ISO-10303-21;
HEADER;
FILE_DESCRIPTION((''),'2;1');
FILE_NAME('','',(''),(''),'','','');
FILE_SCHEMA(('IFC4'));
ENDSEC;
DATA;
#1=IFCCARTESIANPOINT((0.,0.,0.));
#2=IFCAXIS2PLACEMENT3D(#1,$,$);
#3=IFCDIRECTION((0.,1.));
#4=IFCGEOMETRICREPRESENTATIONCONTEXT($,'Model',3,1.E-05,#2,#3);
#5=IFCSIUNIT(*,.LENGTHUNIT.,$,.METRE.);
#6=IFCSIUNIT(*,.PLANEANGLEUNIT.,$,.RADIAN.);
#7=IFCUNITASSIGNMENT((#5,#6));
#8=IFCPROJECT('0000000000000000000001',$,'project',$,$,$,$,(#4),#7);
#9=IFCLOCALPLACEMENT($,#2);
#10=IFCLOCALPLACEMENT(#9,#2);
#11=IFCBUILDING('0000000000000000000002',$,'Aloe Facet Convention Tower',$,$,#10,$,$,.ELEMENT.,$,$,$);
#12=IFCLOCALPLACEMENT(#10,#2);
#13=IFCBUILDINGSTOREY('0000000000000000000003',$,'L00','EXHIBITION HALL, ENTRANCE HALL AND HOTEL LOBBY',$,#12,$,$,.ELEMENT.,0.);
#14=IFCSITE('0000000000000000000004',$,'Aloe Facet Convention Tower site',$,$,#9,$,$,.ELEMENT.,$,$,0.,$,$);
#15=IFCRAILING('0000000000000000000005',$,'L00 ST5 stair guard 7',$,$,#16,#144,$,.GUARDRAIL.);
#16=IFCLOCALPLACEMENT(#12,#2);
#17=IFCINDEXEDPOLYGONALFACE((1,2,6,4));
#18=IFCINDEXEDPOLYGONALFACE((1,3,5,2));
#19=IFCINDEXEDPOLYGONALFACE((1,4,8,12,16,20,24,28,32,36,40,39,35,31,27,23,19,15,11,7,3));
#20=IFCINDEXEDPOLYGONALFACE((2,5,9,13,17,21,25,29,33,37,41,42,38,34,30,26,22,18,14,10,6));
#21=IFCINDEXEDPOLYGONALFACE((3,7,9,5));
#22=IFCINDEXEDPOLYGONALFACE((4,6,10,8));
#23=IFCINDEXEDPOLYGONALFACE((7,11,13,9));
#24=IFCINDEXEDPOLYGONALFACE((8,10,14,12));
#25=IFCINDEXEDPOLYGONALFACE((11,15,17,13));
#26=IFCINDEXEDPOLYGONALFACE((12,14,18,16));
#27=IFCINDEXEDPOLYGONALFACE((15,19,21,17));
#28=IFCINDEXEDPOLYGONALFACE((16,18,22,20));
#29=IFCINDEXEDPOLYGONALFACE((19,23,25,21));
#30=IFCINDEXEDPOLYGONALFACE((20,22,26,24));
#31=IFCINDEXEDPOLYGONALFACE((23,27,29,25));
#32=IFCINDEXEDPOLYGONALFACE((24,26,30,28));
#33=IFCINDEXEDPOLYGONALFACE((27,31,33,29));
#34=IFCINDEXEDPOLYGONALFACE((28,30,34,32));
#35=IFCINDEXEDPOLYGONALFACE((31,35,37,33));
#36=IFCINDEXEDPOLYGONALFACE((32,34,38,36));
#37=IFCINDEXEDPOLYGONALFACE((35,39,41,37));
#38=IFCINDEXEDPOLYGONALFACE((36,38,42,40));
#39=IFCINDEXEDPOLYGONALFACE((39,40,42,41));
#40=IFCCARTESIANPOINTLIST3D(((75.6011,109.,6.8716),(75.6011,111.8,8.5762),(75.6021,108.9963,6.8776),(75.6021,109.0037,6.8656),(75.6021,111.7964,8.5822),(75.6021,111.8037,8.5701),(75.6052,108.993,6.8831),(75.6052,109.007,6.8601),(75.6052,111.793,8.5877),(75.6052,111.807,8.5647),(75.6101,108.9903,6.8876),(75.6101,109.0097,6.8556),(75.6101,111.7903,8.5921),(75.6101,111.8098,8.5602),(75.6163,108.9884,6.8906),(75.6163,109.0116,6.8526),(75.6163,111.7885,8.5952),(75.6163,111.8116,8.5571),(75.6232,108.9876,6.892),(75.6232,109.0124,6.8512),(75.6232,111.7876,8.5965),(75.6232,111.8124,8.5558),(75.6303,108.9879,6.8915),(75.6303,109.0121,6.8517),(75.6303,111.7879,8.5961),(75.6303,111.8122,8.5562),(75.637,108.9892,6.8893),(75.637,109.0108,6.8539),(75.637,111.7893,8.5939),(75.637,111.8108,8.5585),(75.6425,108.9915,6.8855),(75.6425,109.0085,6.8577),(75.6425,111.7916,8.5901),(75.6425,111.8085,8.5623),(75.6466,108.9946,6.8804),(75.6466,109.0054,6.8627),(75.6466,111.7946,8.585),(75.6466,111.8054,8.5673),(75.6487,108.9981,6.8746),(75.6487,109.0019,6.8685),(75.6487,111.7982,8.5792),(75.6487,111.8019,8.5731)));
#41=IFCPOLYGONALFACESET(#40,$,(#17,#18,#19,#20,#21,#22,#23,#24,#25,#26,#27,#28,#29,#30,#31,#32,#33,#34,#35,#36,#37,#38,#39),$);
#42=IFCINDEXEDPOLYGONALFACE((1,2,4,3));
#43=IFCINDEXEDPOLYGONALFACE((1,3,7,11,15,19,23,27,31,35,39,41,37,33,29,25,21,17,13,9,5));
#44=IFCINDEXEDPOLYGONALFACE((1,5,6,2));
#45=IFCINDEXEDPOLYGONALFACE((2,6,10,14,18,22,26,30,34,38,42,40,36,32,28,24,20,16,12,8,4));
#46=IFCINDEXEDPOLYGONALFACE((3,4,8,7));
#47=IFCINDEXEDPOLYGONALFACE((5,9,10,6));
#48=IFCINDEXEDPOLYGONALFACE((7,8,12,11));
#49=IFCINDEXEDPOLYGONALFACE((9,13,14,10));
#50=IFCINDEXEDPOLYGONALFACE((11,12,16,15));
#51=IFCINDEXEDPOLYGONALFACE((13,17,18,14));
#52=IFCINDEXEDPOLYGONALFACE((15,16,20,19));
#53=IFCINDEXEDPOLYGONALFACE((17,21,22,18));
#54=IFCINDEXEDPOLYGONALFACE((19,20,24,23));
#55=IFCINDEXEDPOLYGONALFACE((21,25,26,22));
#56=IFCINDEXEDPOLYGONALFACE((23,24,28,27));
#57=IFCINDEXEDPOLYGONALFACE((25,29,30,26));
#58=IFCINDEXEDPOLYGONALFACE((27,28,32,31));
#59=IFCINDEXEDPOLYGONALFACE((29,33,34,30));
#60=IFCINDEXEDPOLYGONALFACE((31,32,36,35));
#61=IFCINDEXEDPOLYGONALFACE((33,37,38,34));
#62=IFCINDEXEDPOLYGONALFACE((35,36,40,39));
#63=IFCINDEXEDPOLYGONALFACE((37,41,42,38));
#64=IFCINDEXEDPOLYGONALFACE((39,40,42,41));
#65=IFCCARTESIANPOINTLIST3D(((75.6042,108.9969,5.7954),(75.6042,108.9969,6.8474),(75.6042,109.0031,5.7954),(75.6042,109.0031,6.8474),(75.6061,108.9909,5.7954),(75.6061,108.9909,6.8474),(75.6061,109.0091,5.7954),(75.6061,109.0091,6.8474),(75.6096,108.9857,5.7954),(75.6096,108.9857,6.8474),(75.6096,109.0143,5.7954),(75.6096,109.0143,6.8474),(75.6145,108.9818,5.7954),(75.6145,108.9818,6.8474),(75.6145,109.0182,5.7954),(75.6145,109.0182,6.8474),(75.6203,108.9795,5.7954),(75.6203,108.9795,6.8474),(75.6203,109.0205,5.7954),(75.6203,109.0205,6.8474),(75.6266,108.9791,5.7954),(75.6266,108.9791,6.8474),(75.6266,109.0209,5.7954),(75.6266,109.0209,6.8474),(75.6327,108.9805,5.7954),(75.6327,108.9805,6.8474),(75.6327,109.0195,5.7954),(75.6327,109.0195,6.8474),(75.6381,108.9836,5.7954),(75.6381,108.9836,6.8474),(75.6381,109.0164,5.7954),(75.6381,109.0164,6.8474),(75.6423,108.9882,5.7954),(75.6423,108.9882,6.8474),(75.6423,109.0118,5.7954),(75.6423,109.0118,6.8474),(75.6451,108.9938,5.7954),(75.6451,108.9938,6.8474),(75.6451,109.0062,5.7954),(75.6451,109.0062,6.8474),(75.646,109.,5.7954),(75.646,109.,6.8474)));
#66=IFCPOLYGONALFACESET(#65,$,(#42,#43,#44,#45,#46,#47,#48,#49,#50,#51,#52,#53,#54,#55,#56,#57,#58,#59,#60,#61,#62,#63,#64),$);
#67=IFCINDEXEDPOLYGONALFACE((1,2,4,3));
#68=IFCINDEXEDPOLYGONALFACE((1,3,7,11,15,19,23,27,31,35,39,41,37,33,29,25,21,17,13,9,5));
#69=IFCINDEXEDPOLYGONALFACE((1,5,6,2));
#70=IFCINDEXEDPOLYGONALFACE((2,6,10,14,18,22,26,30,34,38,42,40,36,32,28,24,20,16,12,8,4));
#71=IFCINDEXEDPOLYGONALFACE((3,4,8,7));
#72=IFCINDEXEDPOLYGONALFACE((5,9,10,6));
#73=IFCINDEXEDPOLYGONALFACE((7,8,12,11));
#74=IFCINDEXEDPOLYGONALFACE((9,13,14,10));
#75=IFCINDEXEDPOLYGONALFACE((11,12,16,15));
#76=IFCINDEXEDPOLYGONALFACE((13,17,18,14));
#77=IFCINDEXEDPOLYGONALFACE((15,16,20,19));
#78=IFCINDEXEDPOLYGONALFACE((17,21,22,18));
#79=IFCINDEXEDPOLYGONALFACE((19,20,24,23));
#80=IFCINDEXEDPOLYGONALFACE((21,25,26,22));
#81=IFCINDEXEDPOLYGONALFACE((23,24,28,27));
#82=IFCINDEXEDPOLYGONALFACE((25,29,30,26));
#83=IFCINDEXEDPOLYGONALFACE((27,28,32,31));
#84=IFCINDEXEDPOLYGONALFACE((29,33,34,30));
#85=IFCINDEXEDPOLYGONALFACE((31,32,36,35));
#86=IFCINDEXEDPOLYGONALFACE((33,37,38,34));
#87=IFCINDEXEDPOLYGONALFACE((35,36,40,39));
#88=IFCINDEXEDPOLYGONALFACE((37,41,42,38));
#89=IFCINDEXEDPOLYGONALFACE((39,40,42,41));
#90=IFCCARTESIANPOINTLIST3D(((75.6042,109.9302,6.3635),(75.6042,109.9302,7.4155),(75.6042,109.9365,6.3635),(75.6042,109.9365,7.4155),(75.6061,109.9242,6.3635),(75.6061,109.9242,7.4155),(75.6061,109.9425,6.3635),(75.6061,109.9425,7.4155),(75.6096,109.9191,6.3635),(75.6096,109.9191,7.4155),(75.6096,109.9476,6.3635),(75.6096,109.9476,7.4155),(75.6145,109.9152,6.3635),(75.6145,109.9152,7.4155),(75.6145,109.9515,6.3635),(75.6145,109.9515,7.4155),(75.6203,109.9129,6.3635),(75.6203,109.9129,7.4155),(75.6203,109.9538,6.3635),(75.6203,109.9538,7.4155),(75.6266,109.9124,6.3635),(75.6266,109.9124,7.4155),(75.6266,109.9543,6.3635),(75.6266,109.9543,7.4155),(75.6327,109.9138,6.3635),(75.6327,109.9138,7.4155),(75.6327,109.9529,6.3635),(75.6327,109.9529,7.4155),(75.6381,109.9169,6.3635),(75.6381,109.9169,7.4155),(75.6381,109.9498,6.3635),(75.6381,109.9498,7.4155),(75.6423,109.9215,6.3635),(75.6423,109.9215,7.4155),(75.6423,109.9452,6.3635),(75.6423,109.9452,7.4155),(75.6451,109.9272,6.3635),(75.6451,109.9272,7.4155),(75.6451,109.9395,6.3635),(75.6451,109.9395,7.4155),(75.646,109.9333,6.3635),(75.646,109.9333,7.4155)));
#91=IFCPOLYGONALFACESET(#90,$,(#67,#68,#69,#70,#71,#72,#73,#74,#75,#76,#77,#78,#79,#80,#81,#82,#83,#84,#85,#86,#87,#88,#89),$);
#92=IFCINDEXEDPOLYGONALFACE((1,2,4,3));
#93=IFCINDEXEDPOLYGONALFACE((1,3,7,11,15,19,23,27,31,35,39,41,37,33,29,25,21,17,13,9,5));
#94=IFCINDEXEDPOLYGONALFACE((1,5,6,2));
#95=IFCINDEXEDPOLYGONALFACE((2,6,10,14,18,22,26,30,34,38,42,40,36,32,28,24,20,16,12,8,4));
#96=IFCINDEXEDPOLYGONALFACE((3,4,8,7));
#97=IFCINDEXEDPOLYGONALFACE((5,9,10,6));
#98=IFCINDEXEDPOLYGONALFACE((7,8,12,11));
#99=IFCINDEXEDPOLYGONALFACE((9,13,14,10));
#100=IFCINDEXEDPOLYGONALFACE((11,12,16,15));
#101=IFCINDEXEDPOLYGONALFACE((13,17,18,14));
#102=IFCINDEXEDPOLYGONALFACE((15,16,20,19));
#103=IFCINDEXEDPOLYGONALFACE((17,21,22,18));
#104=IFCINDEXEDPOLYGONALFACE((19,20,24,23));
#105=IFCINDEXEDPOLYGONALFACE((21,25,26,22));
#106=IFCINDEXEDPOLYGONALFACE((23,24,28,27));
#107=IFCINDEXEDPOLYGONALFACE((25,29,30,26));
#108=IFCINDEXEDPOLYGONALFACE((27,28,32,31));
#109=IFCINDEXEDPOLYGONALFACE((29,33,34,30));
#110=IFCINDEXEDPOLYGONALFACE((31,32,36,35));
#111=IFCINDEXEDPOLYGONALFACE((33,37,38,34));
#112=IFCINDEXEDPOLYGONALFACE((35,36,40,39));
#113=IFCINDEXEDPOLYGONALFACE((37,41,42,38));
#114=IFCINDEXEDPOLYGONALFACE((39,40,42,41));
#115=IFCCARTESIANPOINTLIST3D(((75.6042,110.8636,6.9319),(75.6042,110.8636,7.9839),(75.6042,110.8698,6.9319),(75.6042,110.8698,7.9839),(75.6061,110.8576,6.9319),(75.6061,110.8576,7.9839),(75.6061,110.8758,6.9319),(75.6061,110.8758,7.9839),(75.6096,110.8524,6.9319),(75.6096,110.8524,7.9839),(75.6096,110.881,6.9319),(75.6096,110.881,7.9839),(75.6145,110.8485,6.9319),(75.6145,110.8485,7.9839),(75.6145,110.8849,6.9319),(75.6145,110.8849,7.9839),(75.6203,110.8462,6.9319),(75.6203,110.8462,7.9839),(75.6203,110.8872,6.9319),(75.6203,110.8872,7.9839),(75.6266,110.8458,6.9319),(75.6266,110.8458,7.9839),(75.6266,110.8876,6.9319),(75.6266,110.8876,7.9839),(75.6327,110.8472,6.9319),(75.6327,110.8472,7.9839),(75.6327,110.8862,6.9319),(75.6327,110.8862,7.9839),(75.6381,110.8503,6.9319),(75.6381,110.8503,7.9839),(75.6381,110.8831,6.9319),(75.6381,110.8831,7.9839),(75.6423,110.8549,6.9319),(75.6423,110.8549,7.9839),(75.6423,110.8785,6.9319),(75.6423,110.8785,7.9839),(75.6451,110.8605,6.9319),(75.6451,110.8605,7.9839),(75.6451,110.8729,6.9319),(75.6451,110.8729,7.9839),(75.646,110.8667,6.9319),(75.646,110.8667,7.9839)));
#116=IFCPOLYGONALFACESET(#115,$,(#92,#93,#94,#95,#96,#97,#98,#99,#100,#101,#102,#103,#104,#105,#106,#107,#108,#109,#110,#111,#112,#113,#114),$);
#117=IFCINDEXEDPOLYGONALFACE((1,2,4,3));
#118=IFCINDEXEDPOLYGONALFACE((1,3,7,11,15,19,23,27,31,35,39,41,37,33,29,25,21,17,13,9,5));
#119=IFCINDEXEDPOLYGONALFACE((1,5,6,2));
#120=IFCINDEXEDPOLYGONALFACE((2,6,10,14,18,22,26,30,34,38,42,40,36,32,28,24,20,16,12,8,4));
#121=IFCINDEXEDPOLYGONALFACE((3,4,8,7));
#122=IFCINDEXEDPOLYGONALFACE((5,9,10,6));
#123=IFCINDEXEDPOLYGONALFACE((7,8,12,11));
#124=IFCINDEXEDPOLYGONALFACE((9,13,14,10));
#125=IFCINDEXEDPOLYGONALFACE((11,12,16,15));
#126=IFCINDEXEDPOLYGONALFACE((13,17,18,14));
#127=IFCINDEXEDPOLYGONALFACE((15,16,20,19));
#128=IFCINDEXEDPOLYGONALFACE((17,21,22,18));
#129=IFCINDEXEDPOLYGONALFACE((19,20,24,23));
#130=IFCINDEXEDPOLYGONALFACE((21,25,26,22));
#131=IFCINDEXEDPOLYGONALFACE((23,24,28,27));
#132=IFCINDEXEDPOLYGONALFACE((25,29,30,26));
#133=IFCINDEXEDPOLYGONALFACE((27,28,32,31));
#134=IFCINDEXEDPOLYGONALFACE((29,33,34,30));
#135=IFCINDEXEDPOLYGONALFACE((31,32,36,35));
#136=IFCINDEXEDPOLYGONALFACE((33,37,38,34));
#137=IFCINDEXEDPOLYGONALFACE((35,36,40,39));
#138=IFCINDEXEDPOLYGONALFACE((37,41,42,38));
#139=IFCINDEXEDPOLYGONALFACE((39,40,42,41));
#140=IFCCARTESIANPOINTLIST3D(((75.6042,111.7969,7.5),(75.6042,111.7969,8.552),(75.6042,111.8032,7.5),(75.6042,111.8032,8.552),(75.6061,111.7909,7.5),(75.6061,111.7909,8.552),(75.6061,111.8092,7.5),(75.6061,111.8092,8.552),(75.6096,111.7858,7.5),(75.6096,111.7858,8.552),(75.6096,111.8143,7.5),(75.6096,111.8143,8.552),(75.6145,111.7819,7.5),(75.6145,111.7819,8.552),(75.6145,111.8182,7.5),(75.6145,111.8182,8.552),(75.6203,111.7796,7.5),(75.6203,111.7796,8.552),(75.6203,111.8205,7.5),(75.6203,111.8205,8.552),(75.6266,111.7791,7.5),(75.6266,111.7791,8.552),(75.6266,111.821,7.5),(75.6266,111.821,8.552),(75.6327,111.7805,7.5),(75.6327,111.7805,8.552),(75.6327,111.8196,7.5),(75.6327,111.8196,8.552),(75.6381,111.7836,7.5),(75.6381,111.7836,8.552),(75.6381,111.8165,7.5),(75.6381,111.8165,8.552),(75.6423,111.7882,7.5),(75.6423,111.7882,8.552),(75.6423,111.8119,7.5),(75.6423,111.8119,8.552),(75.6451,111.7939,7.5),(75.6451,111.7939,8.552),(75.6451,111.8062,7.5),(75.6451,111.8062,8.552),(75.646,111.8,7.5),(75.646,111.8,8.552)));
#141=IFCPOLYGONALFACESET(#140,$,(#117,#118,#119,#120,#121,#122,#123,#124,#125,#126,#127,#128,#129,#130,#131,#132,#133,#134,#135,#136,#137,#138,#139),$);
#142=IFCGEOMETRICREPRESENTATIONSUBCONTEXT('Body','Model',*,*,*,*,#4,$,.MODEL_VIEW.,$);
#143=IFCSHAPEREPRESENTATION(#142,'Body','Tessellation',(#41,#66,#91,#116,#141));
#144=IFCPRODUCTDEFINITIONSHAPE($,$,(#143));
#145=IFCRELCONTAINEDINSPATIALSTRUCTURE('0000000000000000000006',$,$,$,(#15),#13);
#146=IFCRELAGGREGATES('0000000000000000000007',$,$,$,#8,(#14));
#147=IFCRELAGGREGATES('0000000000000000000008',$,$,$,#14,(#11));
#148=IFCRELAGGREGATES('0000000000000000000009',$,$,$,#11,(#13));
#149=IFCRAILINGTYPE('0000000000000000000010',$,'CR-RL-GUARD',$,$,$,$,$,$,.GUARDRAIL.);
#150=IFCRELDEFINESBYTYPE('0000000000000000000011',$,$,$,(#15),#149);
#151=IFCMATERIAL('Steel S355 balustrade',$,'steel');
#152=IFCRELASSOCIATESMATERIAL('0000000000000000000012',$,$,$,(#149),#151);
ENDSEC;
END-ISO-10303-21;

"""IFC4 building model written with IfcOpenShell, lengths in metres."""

from ifc_helpers import new_model, si_unit, direction, frame, origin, origin_2d, place, context, subcontext, project, spatial, circle, extrude, material, type_object, element, save


model = new_model("IFC4")

# Units and contexts
model_context = context("Model", 3, precision=1e-05, world=origin(), true_north=direction((0.0, 1.0)))
body_context = subcontext(model_context, "Body", "Model", "MODEL_VIEW")
ifc_project = project(units=[si_unit("LENGTHUNIT", "METRE"), si_unit("PLANEANGLEUNIT", "RADIAN")], contexts=[model_context])

# Site, building, storey
site_placement = place(None, origin())
site = spatial("IfcSite", under=ifc_project, at=site_placement, Name="Aloe Facet Convention Tower site", CompositionType="ELEMENT", RefElevation=0.0)
building_placement = place(site_placement, origin())
building = spatial("IfcBuilding", under=site, at=building_placement, Name="Aloe Facet Convention Tower", CompositionType="ELEMENT")
storey_placement = place(building_placement, origin())
storey = spatial("IfcBuildingStorey", under=building, at=storey_placement, Name="L00", Description="EXHIBITION HALL, ENTRANCE HALL AND HOTEL LOBBY", CompositionType="ELEMENT", Elevation=0.0)

# Railing
ifc_material_1 = material(Name="Steel S355 balustrade", Category="steel")
railing_type_1 = type_object("IfcRailingType", Name="CR-RL-GUARD", PredefinedType="GUARDRAIL", material=ifc_material_1)
railing_1_placement = place(storey_placement, frame((75.625, 109.0, 5.7954)))
element("IfcRailing", 1, at=railing_1_placement, inside=storey, type_object=railing_type_1, Name="L00 ST5 stair guard 7", PredefinedType="GUARDRAIL", context=body_context, shape_type="SweptSolid", body=[
    extrude(circle(Radius=0.0239, at=origin_2d()), frame((0.0, 0.0, 1.0762), z_axis=(0.0, 0.85417, 0.519994), x_axis=(-1.0, 0.0, 0.0)), (0.0, 0.0, 1.0), 3.2781),
    extrude(circle(Radius=0.021, at=origin_2d()), origin(), (0.0, 0.0, 1.0), 1.052),
    extrude(circle(Radius=0.021, at=origin_2d()), frame((0.0, 0.9333, 0.5681)), (0.0, 0.0, 1.0), 1.052),
    extrude(circle(Radius=0.021, at=origin_2d()), frame((0.0, 1.8667, 1.1365)), (0.0, 0.0, 1.0), 1.052),
    extrude(circle(Radius=0.021, at=origin_2d()), frame((0.0, 2.8, 1.7046)), (0.0, 0.0, 1.0), 1.052),
])

save(model, "model.ifc")
